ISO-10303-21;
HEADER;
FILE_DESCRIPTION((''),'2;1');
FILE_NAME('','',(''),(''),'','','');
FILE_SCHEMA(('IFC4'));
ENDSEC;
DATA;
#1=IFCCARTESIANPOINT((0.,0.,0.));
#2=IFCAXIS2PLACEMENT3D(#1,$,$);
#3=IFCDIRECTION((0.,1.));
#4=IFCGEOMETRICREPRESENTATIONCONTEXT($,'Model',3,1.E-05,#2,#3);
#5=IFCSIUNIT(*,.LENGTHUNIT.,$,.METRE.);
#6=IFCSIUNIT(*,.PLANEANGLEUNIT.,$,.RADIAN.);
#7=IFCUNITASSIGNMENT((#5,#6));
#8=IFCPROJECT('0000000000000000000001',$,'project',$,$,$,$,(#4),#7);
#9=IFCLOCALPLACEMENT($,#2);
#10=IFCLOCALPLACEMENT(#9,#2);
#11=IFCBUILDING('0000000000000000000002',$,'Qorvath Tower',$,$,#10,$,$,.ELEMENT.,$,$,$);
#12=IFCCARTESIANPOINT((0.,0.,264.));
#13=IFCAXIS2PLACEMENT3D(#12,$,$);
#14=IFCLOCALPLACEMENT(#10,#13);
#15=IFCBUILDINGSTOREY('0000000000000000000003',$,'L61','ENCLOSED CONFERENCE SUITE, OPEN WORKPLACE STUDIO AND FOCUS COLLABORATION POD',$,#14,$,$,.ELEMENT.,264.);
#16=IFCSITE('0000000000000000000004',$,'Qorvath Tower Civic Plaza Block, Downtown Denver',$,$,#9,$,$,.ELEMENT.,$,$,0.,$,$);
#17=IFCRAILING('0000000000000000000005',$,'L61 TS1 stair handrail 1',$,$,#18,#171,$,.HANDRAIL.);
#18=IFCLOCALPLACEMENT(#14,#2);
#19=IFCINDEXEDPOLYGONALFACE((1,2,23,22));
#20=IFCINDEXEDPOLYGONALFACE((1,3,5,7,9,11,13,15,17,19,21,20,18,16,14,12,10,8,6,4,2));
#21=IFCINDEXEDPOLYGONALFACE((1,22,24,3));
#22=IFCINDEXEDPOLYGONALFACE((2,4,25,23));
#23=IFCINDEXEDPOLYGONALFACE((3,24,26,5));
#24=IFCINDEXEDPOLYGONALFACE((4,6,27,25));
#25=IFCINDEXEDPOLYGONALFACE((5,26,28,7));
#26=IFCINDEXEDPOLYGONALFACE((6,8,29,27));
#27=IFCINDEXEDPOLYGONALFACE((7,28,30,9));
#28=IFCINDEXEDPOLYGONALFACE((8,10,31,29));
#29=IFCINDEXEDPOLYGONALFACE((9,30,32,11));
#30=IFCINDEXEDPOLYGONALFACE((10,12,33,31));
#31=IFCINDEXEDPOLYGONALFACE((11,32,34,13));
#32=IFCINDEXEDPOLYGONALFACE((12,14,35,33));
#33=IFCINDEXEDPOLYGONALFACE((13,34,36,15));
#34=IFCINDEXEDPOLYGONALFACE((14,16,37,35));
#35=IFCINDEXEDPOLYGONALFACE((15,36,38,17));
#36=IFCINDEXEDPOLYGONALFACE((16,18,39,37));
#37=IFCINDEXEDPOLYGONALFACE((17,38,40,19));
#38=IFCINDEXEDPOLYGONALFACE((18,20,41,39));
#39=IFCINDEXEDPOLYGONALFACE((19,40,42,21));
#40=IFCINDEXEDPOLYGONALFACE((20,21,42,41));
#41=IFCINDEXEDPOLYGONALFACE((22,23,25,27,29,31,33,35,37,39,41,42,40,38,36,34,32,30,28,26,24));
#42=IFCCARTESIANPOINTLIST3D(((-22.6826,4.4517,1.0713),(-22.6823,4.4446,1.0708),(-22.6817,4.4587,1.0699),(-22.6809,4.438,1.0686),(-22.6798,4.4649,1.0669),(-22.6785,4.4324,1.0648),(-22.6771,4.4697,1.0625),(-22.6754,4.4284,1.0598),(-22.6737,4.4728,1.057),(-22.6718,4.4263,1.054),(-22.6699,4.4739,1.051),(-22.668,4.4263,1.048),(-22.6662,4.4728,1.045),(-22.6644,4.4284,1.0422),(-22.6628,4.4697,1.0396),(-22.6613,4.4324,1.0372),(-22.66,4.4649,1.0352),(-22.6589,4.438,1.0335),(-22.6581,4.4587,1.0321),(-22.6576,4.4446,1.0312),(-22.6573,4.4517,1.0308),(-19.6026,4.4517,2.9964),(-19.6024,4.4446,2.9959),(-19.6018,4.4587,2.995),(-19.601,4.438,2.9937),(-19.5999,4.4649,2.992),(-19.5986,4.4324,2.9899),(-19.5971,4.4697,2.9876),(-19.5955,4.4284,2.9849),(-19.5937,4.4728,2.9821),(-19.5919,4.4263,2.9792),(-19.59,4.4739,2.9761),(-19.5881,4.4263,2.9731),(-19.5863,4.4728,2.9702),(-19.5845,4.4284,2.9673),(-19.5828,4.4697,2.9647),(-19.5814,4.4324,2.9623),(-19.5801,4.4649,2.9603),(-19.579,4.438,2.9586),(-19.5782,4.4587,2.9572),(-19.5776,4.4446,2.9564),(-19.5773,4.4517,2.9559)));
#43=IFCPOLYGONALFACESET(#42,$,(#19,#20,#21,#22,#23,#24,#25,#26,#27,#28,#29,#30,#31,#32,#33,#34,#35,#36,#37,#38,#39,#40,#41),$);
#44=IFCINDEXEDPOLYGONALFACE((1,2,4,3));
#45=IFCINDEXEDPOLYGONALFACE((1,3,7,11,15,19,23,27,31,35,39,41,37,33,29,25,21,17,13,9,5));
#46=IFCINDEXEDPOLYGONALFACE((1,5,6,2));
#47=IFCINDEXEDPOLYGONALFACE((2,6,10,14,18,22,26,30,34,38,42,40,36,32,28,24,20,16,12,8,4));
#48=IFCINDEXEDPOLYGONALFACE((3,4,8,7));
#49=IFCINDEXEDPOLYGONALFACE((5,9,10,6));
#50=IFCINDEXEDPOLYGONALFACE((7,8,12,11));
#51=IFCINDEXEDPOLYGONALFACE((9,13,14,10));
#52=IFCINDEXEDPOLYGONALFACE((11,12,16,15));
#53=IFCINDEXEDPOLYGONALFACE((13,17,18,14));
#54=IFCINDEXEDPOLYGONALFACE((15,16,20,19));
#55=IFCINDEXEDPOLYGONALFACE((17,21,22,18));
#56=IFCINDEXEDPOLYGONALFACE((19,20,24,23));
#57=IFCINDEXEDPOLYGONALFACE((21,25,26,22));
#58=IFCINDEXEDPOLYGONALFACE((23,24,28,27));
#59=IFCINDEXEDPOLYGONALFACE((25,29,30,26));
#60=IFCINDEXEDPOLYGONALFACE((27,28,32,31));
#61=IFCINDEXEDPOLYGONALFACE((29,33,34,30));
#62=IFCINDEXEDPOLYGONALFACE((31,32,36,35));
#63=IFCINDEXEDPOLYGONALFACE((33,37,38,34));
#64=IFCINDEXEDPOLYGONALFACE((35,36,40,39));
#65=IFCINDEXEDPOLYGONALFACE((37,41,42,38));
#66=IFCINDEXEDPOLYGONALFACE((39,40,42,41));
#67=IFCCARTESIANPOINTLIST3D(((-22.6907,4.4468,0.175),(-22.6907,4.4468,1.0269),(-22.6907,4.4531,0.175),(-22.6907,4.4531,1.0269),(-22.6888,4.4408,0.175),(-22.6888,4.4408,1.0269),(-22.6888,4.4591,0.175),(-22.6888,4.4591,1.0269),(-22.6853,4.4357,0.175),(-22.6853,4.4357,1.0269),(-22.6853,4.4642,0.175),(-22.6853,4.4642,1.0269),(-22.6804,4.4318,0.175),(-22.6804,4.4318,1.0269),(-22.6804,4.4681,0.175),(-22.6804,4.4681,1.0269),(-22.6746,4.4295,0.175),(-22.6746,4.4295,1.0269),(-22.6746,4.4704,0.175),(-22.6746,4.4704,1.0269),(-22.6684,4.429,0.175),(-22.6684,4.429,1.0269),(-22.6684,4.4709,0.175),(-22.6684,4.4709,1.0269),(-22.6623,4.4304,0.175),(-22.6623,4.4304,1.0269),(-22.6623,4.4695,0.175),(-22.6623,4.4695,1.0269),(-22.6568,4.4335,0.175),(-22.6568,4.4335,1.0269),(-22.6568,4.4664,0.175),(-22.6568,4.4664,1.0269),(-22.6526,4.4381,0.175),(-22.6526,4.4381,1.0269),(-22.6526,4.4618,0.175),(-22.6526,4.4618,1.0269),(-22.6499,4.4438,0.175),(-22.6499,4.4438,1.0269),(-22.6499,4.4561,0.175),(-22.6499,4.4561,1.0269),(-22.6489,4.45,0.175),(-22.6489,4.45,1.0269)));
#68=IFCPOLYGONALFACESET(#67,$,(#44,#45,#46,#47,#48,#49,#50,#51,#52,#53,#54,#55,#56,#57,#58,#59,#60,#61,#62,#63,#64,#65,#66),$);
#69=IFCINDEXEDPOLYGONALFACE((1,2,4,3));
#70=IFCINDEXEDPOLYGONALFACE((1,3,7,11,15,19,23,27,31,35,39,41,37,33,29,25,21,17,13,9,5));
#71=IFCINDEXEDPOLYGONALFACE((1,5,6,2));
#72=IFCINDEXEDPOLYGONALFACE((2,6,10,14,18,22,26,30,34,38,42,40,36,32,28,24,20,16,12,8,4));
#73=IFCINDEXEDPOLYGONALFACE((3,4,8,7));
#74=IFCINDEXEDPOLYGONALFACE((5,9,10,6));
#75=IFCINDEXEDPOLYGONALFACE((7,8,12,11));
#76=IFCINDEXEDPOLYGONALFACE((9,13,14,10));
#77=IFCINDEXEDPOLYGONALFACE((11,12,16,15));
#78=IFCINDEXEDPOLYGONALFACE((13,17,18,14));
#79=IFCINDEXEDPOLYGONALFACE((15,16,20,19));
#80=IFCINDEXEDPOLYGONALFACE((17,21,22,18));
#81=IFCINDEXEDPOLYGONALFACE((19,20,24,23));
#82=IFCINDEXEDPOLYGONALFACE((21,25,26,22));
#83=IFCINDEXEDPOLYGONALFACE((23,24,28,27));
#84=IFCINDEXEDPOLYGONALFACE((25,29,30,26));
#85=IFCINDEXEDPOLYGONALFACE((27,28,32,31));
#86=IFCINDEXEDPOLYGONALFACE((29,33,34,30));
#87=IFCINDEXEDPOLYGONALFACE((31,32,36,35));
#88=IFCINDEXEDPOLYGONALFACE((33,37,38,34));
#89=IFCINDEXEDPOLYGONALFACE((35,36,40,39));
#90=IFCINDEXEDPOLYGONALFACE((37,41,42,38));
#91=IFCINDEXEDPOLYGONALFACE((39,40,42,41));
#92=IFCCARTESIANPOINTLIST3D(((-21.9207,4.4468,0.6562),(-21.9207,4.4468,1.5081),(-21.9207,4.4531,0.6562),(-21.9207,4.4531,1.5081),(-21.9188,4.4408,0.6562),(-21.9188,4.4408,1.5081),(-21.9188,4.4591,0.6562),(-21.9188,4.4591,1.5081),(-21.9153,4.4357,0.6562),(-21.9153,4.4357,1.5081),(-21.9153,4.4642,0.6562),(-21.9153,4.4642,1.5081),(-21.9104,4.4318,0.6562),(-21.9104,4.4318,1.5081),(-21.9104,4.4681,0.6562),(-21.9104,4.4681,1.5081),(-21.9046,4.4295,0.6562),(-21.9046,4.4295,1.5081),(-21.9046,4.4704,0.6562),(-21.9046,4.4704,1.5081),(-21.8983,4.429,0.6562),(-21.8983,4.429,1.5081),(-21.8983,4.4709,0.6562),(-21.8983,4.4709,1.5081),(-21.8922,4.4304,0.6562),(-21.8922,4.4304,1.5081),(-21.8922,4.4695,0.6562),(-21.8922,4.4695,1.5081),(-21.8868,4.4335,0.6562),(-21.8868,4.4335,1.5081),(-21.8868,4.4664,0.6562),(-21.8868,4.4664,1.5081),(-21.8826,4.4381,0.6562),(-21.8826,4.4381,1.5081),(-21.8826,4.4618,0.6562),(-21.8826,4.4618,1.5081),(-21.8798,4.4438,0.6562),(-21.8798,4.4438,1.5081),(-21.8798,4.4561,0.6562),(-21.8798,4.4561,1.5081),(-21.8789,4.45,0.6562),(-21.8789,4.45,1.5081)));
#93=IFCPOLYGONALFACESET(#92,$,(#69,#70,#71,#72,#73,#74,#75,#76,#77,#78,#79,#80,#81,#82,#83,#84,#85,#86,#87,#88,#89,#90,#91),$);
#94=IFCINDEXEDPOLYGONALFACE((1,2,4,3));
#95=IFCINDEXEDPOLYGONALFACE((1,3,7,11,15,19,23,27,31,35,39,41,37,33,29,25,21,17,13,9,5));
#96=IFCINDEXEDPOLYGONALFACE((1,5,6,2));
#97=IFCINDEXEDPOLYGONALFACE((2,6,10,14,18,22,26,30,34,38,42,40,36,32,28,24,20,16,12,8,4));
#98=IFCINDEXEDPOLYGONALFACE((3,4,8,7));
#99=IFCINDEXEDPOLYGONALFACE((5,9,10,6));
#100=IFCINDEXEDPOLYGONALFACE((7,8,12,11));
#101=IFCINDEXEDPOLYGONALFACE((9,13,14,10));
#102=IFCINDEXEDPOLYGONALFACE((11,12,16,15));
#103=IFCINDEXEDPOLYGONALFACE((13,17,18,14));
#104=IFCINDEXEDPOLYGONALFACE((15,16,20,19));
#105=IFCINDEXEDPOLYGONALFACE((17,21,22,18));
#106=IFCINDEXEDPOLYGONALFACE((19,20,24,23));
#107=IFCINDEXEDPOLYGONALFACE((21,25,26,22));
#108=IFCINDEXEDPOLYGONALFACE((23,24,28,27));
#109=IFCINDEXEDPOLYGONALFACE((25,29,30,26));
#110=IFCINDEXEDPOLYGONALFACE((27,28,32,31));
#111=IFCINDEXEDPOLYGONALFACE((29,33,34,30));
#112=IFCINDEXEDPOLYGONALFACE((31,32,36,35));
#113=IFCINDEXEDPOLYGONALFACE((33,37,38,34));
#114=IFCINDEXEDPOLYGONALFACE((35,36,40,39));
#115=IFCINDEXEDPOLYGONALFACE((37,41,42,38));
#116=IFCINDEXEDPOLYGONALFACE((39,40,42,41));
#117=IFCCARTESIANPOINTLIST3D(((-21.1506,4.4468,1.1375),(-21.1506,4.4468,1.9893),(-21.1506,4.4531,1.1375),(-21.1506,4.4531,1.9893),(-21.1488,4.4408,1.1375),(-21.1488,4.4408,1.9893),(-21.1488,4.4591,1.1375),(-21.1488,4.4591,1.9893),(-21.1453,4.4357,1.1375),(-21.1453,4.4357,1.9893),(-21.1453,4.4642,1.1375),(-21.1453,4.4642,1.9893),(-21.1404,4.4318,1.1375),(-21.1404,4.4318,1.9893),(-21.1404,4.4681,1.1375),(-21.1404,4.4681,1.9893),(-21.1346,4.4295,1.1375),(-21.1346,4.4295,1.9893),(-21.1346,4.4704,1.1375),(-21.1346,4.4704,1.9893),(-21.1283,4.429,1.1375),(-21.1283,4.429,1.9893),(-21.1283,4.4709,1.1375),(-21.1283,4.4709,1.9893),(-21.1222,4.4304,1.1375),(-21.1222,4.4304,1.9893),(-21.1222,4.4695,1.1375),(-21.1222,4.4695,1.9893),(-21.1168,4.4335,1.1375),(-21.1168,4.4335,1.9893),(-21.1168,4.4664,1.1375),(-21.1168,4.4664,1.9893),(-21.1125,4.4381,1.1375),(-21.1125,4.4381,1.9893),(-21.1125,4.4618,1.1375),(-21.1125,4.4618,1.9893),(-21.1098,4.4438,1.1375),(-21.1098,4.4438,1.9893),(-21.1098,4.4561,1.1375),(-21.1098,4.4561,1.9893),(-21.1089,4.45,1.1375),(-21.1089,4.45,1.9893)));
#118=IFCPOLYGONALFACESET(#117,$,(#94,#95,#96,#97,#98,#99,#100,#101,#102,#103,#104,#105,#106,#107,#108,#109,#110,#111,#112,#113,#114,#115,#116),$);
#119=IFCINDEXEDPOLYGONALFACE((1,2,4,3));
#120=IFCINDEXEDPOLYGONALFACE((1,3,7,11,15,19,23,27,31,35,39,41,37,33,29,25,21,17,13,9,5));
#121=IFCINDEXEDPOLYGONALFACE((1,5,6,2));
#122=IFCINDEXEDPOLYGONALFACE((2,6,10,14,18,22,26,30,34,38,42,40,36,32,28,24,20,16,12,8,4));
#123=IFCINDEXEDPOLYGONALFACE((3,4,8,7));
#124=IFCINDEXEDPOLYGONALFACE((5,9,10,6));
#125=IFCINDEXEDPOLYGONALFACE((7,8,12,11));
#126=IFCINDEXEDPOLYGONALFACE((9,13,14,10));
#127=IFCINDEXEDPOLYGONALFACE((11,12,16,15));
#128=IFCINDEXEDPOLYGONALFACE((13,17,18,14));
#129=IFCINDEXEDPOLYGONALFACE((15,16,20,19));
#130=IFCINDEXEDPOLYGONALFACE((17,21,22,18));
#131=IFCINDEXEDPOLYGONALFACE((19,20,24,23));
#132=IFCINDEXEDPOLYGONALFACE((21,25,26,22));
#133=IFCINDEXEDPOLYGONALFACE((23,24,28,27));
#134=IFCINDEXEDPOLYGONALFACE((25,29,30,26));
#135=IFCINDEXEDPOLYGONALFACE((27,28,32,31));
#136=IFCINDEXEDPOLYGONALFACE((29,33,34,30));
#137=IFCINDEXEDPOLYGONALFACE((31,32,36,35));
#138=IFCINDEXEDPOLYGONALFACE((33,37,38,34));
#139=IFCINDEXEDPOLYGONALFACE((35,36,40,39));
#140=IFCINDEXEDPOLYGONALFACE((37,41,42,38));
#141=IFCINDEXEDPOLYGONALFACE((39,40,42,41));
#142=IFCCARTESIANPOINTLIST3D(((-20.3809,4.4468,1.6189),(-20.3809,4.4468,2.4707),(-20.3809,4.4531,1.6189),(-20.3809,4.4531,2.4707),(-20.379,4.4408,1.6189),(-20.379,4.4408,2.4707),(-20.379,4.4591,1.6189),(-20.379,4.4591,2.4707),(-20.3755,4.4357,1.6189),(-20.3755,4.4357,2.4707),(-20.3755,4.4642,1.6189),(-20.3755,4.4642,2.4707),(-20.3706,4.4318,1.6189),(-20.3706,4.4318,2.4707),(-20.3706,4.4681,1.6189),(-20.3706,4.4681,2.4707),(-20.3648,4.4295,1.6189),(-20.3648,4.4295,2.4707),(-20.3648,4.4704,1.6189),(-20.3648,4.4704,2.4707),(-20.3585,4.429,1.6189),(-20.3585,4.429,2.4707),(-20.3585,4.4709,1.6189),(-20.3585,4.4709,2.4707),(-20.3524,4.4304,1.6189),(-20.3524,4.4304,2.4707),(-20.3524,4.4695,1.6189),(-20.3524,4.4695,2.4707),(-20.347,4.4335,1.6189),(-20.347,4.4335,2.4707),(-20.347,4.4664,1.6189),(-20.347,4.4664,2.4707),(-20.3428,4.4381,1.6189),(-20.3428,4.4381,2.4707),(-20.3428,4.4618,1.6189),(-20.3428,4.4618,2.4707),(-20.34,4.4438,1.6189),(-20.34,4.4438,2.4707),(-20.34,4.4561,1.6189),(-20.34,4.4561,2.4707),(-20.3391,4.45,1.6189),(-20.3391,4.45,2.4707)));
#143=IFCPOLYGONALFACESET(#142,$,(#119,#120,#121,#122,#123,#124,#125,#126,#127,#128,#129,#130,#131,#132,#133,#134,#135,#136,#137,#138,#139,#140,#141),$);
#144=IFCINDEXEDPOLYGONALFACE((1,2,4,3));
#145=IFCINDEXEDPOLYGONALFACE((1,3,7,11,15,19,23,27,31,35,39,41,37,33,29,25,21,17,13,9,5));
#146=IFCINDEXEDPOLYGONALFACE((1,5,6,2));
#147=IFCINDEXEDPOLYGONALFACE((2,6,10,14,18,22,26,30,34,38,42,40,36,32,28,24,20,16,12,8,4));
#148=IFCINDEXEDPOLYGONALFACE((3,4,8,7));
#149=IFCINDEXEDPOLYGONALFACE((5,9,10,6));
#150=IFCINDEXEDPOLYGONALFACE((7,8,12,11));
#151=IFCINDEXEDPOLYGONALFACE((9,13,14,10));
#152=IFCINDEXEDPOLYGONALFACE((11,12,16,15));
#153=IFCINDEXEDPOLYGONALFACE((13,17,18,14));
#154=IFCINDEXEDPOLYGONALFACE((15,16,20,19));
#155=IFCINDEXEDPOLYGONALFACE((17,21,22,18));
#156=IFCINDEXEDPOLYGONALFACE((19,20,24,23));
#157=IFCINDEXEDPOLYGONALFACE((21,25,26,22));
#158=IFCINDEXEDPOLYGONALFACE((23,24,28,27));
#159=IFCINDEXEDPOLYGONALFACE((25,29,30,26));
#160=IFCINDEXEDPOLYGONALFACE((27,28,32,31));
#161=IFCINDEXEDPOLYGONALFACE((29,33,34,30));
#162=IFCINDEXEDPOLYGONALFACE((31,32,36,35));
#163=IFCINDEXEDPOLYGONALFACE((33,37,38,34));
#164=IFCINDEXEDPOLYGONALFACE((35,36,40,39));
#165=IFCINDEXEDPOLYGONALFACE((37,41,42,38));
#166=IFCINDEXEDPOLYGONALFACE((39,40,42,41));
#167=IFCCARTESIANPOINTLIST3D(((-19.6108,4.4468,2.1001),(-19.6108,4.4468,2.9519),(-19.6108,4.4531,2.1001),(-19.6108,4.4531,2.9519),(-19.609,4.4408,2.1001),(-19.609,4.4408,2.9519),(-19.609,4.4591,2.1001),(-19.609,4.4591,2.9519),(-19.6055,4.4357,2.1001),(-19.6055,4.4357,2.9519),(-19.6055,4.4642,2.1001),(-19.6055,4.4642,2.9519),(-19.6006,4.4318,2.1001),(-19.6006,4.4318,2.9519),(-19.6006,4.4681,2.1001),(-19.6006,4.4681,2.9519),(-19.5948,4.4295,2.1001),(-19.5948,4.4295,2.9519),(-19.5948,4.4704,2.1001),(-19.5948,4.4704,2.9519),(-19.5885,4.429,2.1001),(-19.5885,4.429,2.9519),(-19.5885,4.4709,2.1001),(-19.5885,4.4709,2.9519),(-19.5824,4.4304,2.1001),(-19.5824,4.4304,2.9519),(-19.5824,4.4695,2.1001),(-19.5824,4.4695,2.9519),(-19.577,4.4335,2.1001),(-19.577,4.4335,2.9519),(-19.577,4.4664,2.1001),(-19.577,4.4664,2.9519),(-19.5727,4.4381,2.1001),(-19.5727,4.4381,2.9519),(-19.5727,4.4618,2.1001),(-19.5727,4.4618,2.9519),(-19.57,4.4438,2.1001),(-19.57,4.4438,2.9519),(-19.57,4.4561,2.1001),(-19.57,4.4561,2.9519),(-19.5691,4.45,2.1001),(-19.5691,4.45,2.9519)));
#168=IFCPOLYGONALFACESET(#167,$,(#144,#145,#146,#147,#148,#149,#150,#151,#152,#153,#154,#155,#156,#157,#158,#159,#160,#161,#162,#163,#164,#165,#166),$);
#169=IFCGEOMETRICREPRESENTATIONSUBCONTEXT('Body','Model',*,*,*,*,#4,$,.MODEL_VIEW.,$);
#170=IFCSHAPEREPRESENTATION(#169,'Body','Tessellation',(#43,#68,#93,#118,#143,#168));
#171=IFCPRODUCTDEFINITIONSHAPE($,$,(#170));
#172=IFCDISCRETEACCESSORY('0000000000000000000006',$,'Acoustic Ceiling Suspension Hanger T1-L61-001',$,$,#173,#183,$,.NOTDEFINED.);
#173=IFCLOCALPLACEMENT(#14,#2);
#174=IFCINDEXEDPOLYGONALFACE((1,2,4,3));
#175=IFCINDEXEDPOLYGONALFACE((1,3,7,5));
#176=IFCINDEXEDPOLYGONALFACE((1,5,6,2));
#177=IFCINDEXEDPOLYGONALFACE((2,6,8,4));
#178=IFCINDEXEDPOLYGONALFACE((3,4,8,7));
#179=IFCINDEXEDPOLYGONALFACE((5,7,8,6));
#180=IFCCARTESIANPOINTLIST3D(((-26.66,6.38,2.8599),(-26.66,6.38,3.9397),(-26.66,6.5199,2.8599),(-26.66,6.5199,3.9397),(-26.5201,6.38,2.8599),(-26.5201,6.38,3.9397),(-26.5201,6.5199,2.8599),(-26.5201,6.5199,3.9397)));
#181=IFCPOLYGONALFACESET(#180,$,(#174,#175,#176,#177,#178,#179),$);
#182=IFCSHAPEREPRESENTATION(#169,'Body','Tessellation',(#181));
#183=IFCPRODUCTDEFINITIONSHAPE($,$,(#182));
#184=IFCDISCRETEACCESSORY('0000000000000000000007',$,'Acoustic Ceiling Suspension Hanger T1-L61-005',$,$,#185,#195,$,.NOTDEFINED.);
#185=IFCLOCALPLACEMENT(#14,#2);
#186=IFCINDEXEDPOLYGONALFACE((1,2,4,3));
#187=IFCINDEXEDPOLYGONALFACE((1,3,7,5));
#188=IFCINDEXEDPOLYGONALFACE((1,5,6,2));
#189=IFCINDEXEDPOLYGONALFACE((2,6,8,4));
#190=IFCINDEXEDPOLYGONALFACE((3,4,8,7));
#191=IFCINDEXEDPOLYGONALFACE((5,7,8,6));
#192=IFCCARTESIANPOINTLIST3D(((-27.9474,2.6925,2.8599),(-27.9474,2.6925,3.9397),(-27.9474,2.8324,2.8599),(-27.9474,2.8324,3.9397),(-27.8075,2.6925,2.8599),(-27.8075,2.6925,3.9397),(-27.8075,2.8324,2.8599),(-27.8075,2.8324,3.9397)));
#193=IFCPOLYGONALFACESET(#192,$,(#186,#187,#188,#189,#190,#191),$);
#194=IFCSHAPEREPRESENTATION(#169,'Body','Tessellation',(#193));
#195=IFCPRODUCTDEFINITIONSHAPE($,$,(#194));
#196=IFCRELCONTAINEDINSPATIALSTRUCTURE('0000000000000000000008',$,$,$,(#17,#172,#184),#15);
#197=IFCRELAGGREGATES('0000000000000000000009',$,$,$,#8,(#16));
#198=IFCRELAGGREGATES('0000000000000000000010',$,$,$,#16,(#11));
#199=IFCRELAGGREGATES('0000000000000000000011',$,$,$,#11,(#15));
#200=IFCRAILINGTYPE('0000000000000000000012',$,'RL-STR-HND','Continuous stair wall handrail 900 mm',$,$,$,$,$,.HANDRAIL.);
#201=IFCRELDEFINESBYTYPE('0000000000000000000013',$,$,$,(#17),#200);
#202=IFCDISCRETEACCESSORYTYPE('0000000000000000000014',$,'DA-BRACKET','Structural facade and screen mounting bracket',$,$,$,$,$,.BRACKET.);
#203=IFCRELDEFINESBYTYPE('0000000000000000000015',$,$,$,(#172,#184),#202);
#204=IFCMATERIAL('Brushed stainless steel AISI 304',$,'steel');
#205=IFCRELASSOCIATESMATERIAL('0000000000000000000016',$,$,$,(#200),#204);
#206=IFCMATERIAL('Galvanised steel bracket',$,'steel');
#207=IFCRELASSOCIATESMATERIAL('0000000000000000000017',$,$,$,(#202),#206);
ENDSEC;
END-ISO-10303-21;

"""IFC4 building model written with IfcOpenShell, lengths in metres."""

from ifc_helpers import new_model, si_unit, direction, frame, origin, origin_2d, place, context, subcontext, project, spatial, rectangle, circle, extrude, material, type_object, element, save


model = new_model("IFC4")

# Units and contexts
model_context = context("Model", 3, precision=1e-05, world=origin(), true_north=direction((0.0, 1.0)))
body_context = subcontext(model_context, "Body", "Model", "MODEL_VIEW")
ifc_project = project(units=[si_unit("LENGTHUNIT", "METRE"), si_unit("PLANEANGLEUNIT", "RADIAN")], contexts=[model_context])

# Site, building, storey
site_placement = place(None, origin())
site = spatial("IfcSite", under=ifc_project, at=site_placement, Name="Qorvath Tower Civic Plaza Block, Downtown Denver", CompositionType="ELEMENT", RefElevation=0.0)
building_placement = place(site_placement, origin())
building = spatial("IfcBuilding", under=site, at=building_placement, Name="Qorvath Tower", CompositionType="ELEMENT")
storey_placement = place(building_placement, frame((0.0, 0.0, 264.0)))
storey = spatial("IfcBuildingStorey", under=building, at=storey_placement, Name="L61", Description="ENCLOSED CONFERENCE SUITE, OPEN WORKPLACE STUDIO AND FOCUS COLLABORATION POD", CompositionType="ELEMENT", Elevation=264.0)

# Railing
ifc_material_1 = material(Name="Brushed stainless steel AISI 304", Category="steel")
railing_type_1 = type_object("IfcRailingType", Name="RL-STR-HND", Description="Continuous stair wall handrail 900 mm", PredefinedType="HANDRAIL", material=ifc_material_1)
railing_1_placement = place(storey_placement, frame((-22.6699, 4.45, 0.175)))
element("IfcRailing", 1, at=railing_1_placement, inside=storey, type_object=railing_type_1, Name="L61 TS1 stair handrail 1", PredefinedType="HANDRAIL", context=body_context, shape_type="SweptSolid", body=[
    extrude(circle(Radius=0.0239, at=origin_2d()), frame((0.0, 0.0, 0.876), z_axis=(0.847979, 0.0, 0.530029), x_axis=(0.0, 1.0, 0.0)), (0.0, 0.0, 1.0), 3.6321),
    extrude(circle(Radius=0.021, at=origin_2d()), origin(), (0.0, 0.0, 1.0), 0.8518),
    extrude(circle(Radius=0.021, at=origin_2d()), frame((0.77, 0.0, 0.4812)), (0.0, 0.0, 1.0), 0.8518),
    extrude(circle(Radius=0.021, at=origin_2d()), frame((1.54, 0.0, 0.9624)), (0.0, 0.0, 1.0), 0.8518),
    extrude(circle(Radius=0.021, at=origin_2d()), frame((2.3098, 0.0, 1.4438)), (0.0, 0.0, 1.0), 0.8518),
    extrude(circle(Radius=0.021, at=origin_2d()), frame((3.0798, 0.0, 1.925)), (0.0, 0.0, 1.0), 0.8518),
])

# Discrete accessories
ifc_material_2 = material(Name="Galvanised steel bracket", Category="steel")
discrete_accessory_type = type_object("IfcDiscreteAccessoryType", Name="DA-BRACKET", Description="Structural facade and screen mounting bracket", PredefinedType="BRACKET", material=ifc_material_2)
for number, where, z_axis, x_axis, name in (
    (2, (-26.5901, 6.45, 2.8599), (0.0, 0.0, 1.0), (1.0, 0.0, 0.0), "Acoustic Ceiling Suspension Hanger T1-L61-001"),
    (3, (-27.8774, 2.7625, 2.8599), (0.0, 0.0, 1.0), (1.0, 0.0, 0.0), "Acoustic Ceiling Suspension Hanger T1-L61-005"),
):
    element("IfcDiscreteAccessory", number, at=place(storey_placement, frame(where, z_axis=z_axis, x_axis=x_axis)), inside=storey, type_object=discrete_accessory_type, Name=name, PredefinedType="NOTDEFINED", context=body_context, shape_type="SweptSolid", body=[
        extrude(rectangle(XDim=0.1399, YDim=0.1399, at=origin_2d()), origin(), (0.0, 0.0, 1.0), 1.0798),
    ])

save(model, "model.ifc")
